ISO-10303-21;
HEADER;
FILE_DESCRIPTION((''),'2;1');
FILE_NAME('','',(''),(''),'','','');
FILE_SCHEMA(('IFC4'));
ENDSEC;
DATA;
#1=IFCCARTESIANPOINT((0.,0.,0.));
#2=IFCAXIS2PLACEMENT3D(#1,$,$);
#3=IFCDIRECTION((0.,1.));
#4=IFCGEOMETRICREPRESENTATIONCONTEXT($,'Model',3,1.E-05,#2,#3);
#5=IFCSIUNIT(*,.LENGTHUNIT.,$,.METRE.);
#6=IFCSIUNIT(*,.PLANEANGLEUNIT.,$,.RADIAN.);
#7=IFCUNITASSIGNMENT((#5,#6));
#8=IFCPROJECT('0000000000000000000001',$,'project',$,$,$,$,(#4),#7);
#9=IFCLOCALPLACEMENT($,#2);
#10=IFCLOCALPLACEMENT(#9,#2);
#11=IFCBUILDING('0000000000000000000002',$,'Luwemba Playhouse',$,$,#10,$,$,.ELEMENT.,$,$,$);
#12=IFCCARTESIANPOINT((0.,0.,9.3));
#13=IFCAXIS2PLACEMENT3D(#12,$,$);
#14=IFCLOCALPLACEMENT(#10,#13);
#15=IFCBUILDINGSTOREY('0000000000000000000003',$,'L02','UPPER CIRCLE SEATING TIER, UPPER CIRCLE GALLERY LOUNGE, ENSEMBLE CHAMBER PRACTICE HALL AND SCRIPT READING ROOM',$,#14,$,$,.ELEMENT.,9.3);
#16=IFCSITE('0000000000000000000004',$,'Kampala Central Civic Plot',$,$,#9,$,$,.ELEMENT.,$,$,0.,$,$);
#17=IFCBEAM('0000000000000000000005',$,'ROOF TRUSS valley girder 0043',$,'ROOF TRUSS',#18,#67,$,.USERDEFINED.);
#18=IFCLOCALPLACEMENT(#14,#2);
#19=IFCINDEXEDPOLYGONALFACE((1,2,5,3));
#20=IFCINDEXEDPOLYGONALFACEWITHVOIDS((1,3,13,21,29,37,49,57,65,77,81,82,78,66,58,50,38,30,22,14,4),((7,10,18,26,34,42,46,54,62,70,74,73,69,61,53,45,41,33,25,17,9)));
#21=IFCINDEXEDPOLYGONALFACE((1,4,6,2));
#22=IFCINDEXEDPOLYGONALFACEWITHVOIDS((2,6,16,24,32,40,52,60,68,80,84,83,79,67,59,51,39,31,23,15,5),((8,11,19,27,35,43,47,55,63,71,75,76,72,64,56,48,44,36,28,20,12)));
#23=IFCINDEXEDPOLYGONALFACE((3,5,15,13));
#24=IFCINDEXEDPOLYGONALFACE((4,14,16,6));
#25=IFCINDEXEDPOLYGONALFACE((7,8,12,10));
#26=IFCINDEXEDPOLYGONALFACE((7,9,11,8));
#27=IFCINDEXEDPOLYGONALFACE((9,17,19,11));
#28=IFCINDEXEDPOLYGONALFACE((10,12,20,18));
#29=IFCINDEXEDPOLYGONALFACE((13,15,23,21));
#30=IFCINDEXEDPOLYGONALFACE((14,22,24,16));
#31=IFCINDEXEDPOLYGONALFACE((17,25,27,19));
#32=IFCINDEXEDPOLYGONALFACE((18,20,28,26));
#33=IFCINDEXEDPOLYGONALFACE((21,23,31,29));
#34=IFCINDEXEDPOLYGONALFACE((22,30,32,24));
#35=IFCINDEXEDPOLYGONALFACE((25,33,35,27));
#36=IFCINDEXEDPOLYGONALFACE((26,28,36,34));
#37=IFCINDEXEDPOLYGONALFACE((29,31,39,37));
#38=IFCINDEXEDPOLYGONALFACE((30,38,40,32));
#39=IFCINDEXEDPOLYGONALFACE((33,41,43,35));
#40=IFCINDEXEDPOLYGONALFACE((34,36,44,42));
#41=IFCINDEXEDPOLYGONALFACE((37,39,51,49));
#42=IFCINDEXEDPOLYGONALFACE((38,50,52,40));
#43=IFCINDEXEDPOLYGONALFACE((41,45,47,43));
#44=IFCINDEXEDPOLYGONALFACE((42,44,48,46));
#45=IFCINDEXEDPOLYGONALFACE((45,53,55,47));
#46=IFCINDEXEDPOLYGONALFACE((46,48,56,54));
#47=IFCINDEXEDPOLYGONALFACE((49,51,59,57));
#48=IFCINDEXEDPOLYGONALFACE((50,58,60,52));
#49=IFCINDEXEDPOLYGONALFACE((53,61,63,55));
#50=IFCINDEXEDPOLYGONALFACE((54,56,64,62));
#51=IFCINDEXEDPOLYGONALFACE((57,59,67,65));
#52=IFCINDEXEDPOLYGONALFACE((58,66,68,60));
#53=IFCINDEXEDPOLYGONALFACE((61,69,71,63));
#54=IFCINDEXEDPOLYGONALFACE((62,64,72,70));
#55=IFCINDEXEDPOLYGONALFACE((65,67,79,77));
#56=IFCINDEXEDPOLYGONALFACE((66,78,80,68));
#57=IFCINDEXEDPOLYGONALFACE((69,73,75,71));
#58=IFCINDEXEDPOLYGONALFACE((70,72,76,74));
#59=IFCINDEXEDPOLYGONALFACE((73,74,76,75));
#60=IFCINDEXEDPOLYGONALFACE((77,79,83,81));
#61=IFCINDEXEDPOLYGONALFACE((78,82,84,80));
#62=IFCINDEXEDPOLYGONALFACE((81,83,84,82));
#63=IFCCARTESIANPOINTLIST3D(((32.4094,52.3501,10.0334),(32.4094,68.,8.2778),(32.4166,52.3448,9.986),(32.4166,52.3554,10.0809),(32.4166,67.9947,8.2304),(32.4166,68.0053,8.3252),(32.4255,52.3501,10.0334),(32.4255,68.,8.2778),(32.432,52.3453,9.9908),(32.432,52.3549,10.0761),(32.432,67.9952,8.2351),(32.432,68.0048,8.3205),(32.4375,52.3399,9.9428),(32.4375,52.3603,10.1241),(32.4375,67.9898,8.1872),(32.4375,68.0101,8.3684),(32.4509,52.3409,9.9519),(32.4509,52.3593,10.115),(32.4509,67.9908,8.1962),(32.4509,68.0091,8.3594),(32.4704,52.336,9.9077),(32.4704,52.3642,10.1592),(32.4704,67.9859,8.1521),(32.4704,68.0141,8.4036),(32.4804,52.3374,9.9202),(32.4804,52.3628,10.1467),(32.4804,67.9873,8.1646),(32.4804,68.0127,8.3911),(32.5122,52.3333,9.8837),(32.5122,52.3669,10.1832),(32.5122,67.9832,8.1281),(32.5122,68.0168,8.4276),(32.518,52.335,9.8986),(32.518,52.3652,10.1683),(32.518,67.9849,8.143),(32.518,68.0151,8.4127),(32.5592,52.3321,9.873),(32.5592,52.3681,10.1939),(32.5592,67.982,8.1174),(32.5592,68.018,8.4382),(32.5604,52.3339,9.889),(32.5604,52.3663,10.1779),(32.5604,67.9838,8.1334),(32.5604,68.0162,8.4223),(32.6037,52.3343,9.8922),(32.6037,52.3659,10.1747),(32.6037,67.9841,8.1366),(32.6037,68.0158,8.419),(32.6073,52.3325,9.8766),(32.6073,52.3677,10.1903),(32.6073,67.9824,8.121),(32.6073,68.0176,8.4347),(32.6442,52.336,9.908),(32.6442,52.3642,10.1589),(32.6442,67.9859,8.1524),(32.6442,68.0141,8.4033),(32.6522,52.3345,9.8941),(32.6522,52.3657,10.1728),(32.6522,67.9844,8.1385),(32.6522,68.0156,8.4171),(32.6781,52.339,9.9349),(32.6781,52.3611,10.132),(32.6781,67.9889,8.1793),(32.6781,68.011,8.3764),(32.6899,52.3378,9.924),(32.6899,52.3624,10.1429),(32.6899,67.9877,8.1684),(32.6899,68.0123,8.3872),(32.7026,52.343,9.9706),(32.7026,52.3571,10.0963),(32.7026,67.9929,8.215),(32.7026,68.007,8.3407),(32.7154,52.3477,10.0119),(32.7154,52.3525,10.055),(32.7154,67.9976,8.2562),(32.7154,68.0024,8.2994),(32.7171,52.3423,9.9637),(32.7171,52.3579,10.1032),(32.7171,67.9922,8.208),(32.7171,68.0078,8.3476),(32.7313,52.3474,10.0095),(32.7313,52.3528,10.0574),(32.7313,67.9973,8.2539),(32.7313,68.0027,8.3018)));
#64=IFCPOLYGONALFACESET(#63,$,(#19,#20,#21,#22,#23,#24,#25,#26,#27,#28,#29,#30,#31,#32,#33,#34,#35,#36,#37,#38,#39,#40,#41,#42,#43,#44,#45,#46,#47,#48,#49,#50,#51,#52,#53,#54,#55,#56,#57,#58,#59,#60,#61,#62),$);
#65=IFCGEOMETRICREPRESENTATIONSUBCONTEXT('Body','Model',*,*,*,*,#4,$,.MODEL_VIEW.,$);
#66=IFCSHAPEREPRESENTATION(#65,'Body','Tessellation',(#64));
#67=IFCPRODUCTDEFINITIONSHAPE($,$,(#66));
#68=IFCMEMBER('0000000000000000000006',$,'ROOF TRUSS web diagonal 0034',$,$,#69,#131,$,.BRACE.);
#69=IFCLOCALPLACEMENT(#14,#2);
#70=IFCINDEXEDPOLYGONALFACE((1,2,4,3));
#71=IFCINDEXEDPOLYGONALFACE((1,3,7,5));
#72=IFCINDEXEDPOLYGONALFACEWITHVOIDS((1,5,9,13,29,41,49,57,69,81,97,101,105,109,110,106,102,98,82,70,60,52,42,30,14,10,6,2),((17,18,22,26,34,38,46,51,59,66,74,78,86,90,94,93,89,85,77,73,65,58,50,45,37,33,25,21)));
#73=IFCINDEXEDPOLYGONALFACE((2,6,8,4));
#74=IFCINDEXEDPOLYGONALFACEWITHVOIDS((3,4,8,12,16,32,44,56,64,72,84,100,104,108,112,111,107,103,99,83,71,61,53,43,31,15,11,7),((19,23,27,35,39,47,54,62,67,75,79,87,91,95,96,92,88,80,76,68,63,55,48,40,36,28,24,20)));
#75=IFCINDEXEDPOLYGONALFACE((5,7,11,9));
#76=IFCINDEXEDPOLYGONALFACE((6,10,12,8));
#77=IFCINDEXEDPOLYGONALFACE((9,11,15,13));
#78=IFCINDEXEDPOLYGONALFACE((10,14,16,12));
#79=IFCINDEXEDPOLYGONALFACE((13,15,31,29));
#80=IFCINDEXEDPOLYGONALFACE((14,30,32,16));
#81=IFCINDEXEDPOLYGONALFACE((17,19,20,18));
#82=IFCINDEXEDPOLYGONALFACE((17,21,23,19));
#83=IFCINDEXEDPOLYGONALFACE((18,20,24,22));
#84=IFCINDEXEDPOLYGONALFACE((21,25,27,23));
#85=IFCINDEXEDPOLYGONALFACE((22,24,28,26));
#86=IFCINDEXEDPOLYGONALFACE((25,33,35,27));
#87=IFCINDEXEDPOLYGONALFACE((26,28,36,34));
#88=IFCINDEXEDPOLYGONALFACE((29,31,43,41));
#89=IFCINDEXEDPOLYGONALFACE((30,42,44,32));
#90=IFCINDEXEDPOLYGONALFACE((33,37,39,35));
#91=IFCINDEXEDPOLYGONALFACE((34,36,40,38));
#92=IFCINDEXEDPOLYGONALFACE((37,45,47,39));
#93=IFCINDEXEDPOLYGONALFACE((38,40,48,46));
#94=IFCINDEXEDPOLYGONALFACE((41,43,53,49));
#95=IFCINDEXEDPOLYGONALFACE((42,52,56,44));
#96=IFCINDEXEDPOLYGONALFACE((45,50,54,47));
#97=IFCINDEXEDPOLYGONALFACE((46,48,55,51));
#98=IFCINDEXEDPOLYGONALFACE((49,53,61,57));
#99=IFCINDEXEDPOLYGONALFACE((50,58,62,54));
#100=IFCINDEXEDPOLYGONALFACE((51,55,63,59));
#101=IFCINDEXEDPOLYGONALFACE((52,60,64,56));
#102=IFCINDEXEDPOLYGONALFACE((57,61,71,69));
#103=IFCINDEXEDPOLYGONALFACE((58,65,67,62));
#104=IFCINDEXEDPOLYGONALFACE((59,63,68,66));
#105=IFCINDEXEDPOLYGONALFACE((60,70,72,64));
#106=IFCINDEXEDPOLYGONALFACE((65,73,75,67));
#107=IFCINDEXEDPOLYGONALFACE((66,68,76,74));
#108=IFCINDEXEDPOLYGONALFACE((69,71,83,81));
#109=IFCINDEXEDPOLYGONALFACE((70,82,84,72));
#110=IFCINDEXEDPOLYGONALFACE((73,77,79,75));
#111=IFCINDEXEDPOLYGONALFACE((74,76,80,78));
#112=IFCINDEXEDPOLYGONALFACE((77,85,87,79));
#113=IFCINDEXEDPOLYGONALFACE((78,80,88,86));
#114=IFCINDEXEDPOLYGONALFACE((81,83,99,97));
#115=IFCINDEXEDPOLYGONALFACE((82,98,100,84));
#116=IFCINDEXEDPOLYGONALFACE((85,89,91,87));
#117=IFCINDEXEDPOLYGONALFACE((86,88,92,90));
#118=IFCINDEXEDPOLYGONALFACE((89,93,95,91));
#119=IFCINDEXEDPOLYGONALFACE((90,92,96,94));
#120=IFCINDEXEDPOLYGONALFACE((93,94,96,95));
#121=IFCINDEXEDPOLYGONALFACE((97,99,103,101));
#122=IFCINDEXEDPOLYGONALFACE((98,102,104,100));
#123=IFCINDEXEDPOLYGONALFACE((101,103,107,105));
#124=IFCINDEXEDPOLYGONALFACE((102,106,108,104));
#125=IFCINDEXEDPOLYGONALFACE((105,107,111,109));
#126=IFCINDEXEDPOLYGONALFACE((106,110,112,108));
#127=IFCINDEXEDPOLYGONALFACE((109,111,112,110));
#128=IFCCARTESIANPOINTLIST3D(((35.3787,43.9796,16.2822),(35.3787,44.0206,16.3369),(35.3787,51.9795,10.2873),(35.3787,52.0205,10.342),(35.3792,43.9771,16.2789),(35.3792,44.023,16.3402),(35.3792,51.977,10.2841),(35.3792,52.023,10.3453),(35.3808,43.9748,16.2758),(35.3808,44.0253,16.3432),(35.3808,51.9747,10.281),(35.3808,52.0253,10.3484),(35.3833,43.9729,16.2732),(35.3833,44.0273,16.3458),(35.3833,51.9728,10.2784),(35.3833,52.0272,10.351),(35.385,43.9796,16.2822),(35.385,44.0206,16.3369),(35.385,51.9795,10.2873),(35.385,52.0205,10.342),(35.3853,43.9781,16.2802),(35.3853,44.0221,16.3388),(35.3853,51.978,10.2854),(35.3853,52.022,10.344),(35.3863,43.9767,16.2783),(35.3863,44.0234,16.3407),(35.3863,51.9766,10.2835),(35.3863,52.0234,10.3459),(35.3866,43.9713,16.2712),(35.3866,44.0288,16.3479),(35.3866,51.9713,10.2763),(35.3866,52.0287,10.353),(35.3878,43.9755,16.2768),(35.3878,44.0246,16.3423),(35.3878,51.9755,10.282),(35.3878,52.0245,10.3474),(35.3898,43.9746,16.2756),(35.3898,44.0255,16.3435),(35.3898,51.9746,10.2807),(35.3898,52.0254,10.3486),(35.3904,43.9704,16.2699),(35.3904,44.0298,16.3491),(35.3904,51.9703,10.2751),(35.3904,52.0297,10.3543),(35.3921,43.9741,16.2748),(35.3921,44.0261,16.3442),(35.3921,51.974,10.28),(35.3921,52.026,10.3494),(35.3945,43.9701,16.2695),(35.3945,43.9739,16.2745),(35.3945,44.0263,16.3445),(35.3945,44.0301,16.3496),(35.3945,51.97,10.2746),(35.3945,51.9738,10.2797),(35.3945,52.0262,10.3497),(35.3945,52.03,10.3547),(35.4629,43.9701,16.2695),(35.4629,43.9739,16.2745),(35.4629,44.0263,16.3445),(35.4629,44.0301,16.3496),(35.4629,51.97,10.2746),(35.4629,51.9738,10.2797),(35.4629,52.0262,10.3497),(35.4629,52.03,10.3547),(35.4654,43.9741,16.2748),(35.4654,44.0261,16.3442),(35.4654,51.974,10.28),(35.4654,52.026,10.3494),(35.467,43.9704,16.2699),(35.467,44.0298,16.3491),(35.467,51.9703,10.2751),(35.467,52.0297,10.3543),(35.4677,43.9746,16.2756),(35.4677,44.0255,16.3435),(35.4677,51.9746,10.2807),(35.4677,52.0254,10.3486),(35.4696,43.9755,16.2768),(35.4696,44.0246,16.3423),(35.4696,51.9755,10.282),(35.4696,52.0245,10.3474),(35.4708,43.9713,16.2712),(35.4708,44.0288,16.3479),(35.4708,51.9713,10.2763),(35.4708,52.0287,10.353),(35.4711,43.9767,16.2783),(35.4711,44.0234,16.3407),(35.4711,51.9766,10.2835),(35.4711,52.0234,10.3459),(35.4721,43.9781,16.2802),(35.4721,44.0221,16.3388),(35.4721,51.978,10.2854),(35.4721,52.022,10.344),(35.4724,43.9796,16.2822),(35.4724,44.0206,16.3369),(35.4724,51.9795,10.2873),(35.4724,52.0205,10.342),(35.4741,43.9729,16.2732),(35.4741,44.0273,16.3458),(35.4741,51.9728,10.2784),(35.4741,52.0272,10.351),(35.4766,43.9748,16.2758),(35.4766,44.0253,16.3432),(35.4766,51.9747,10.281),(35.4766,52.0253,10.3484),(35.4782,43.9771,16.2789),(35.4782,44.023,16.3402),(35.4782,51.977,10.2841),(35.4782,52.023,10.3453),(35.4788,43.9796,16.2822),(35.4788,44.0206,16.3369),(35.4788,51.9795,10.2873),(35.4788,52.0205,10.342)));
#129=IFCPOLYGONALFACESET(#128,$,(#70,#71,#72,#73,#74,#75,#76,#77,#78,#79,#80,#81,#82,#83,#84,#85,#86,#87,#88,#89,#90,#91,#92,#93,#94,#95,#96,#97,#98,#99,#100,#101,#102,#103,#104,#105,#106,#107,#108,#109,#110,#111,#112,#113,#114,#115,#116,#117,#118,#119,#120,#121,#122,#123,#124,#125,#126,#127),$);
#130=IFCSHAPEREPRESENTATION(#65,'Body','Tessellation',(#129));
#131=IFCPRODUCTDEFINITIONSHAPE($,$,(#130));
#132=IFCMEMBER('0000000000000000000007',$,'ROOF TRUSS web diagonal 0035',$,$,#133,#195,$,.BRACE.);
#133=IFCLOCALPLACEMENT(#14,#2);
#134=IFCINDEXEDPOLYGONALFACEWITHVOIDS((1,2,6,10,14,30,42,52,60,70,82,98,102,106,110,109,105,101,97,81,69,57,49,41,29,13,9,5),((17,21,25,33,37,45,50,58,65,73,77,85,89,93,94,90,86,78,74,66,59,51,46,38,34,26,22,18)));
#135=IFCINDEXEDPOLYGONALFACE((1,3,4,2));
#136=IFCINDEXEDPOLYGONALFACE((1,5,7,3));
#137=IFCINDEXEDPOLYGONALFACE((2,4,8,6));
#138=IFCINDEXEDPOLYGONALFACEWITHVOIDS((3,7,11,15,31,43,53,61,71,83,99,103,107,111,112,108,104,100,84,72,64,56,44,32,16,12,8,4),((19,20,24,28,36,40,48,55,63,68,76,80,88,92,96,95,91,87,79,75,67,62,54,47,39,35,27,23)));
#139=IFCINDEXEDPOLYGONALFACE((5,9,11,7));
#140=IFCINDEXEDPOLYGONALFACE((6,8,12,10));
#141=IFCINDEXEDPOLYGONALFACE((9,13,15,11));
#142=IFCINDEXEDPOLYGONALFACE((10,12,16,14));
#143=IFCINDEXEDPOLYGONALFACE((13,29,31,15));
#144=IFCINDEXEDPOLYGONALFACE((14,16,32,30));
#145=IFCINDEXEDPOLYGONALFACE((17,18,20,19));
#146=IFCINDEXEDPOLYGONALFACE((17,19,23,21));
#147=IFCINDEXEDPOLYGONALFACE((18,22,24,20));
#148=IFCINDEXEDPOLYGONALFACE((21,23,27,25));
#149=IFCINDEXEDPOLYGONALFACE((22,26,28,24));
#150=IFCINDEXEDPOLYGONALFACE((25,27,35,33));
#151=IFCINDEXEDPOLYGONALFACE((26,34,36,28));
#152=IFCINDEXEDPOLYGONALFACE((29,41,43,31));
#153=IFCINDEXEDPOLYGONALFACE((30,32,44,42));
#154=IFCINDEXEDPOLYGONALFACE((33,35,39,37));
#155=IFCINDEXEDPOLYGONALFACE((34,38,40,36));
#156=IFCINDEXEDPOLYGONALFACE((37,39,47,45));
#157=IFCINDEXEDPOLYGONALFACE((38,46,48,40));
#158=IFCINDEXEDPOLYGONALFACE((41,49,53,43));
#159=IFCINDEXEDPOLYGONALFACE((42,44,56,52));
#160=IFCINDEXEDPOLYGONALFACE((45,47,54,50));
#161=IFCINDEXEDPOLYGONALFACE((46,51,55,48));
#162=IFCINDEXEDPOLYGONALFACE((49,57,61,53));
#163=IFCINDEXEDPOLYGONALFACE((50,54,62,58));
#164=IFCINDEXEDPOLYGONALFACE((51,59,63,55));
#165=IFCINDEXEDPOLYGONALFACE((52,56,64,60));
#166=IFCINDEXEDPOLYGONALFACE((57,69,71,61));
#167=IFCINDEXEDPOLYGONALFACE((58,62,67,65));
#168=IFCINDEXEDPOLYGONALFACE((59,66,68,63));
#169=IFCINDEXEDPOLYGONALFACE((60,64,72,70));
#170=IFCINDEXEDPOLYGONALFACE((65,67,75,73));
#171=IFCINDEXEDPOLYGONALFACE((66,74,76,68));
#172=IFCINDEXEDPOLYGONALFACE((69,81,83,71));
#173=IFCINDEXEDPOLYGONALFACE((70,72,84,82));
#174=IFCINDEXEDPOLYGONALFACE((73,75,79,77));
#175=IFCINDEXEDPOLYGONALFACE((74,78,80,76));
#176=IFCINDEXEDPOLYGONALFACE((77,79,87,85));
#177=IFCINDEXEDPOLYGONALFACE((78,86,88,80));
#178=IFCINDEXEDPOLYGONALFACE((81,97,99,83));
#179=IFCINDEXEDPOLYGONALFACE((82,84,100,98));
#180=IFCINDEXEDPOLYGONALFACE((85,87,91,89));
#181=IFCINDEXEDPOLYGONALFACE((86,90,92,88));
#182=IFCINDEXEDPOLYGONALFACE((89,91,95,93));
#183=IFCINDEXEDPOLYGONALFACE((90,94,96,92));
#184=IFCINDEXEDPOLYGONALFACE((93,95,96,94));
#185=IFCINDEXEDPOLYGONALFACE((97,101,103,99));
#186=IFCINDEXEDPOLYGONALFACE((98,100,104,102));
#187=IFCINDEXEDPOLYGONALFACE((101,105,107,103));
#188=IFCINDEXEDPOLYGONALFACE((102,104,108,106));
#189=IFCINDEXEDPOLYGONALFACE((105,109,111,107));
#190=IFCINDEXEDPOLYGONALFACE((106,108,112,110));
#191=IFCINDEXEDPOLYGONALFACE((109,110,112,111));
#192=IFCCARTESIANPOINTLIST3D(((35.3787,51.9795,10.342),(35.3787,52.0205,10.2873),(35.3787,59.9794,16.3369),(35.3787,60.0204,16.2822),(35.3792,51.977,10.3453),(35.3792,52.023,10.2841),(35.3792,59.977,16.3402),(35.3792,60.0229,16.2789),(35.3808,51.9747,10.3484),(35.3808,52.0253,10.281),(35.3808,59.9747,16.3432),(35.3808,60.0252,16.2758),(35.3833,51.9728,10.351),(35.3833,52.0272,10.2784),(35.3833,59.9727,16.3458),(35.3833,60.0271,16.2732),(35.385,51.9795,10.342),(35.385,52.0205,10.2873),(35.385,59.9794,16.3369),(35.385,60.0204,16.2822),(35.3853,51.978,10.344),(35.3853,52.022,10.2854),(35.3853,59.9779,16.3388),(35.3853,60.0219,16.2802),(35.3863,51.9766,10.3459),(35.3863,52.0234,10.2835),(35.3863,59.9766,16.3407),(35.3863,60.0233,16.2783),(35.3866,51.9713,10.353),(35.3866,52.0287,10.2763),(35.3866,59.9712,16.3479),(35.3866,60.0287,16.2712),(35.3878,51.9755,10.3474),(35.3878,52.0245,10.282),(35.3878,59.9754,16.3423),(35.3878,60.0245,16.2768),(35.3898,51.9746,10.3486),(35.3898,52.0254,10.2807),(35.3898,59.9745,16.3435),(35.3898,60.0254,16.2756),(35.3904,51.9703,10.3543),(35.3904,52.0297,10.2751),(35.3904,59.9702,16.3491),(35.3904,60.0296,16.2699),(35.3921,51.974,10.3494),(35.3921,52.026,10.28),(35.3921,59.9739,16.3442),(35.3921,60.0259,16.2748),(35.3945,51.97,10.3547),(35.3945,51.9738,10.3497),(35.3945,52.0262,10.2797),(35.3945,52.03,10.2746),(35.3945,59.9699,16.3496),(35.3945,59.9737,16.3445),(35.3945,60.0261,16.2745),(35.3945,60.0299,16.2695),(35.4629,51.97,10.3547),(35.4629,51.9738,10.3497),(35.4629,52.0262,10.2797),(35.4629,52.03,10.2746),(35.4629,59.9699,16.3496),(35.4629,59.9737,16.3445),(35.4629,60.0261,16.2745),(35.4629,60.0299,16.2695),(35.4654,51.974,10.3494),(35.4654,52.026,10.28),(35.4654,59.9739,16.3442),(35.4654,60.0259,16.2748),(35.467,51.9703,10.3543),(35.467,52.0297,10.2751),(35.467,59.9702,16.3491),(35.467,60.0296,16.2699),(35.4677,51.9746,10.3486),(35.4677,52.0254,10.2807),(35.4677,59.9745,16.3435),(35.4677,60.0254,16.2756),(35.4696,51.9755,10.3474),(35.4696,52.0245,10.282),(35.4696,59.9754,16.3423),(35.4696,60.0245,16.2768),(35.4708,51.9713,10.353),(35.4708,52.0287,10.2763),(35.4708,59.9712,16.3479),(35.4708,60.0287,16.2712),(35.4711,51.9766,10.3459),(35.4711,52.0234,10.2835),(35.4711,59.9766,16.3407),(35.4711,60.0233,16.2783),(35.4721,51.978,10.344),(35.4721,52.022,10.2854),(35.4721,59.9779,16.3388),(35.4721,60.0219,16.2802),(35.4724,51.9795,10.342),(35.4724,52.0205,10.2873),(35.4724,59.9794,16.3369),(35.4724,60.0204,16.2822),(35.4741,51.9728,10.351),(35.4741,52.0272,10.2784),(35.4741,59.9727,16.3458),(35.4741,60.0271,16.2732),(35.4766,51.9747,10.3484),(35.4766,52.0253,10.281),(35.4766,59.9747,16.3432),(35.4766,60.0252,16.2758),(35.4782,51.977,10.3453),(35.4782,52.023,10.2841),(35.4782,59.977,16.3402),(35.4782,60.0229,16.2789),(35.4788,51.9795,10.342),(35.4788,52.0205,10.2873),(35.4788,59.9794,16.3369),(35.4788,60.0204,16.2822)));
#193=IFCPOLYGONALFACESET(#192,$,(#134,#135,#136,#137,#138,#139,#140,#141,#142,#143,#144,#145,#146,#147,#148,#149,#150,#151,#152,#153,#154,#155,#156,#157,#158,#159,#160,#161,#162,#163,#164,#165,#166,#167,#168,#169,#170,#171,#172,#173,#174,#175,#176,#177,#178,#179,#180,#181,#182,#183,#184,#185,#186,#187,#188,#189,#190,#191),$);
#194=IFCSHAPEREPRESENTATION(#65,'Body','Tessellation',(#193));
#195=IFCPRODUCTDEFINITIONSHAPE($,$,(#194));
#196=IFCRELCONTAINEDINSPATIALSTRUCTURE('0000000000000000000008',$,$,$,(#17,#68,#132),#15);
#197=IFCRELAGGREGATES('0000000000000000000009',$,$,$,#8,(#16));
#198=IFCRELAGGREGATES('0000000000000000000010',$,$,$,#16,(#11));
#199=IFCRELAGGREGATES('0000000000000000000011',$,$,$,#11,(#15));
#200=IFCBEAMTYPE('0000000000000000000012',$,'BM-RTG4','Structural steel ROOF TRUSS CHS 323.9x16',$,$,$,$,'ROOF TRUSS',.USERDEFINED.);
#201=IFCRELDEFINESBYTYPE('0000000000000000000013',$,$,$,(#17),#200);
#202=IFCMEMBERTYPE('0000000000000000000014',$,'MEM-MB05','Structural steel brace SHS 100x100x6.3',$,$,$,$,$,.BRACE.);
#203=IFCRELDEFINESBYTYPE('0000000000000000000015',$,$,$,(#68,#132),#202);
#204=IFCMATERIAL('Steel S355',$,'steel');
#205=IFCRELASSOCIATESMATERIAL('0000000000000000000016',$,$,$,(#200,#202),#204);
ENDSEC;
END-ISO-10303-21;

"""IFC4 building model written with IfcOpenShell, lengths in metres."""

from ifc_helpers import new_model, si_unit, direction, frame, origin, origin_2d, place, context, subcontext, project, spatial, hollow_rectangle, hollow_circle, extrude, material, material_profile, profile_set, type_object, element, save


model = new_model("IFC4")

# Units and contexts
model_context = context("Model", 3, precision=1e-05, world=origin(), true_north=direction((0.0, 1.0)))
body_context = subcontext(model_context, "Body", "Model", "MODEL_VIEW")
ifc_project = project(units=[si_unit("LENGTHUNIT", "METRE"), si_unit("PLANEANGLEUNIT", "RADIAN")], contexts=[model_context])

# Site, building, storey
site_placement = place(None, origin())
site = spatial("IfcSite", under=ifc_project, at=site_placement, Name="Kampala Central Civic Plot", CompositionType="ELEMENT", RefElevation=0.0)
building_placement = place(site_placement, origin())
building = spatial("IfcBuilding", under=site, at=building_placement, Name="Luwemba Playhouse", CompositionType="ELEMENT")
storey_placement = place(building_placement, frame((0.0, 0.0, 9.3)))
storey = spatial("IfcBuildingStorey", under=building, at=storey_placement, Name="L02", Description="UPPER CIRCLE SEATING TIER, UPPER CIRCLE GALLERY LOUNGE, ENSEMBLE CHAMBER PRACTICE HALL AND SCRIPT READING ROOM", CompositionType="ELEMENT", Elevation=9.3)

# Beam
ifc_material_1 = material(Name="Steel S355", Category="steel")
ifc_material_profile_1 = material_profile(ifc_material_1, hollow_circle(Radius=0.1619, WallThickness=0.0161, at=origin_2d()))
ifc_profile_set_1 = profile_set([ifc_material_profile_1], Name="Steel S355")
beam_type_1 = type_object("IfcBeamType", Name="BM-RTG4", Description="Structural steel ROOF TRUSS CHS 323.9x16", ElementType="ROOF TRUSS", PredefinedType="USERDEFINED", material=ifc_profile_set_1)
beam_1_placement = place(storey_placement, frame((32.5713, 52.3501, 10.0334), z_axis=(0.0, 0.993767, -0.111481), x_axis=(-1.0, 0.0, 0.0)))
element("IfcBeam", 1, at=beam_1_placement, inside=storey, type_object=beam_type_1, Name="ROOF TRUSS valley girder 0043", ObjectType="ROOF TRUSS", PredefinedType="USERDEFINED", context=body_context, shape_type="SweptSolid", body=[
    extrude(hollow_circle(Radius=0.1619, WallThickness=0.0161, at=origin_2d()), origin(), (0.0, 0.0, 1.0), 15.748),
])

# Members
ifc_material_profile_2 = material_profile(ifc_material_1, hollow_rectangle(XDim=0.1001, YDim=0.1001, WallThickness=0.0063, InnerFilletRadius=0.0095, OuterFilletRadius=0.0159, at=origin_2d()))
ifc_profile_set_2 = profile_set([ifc_material_profile_2], Name="Steel S355")
member_type_1 = type_object("IfcMemberType", Name="MEM-MB05", Description="Structural steel brace SHS 100x100x6.3", PredefinedType="BRACE", material=ifc_profile_set_2)
for number, where, z_axis, x_axis, name in (
    (2, (35.4287, 52.0, 10.3147), (0.0, -0.800246, 0.599672), (1.0, 0.0, 0.0), "ROOF TRUSS web diagonal 0034"),
    (3, (35.4287, 52.0, 10.3147), (0.0, 0.800246, 0.599672), (-1.0, 0.0, 0.0), "ROOF TRUSS web diagonal 0035"),
):
    element("IfcMember", number, at=place(storey_placement, frame(where, z_axis=z_axis, x_axis=x_axis)), inside=storey, type_object=member_type_1, Name=name, PredefinedType="BRACE", context=body_context, shape_type="SweptSolid", body=[
        extrude(hollow_rectangle(XDim=0.1001, YDim=0.1001, WallThickness=0.0063, InnerFilletRadius=0.0095, OuterFilletRadius=0.0159, at=origin_2d()), origin(), (0.0, 0.0, 1.0), 9.9968),
    ])

save(model, "model.ifc")
